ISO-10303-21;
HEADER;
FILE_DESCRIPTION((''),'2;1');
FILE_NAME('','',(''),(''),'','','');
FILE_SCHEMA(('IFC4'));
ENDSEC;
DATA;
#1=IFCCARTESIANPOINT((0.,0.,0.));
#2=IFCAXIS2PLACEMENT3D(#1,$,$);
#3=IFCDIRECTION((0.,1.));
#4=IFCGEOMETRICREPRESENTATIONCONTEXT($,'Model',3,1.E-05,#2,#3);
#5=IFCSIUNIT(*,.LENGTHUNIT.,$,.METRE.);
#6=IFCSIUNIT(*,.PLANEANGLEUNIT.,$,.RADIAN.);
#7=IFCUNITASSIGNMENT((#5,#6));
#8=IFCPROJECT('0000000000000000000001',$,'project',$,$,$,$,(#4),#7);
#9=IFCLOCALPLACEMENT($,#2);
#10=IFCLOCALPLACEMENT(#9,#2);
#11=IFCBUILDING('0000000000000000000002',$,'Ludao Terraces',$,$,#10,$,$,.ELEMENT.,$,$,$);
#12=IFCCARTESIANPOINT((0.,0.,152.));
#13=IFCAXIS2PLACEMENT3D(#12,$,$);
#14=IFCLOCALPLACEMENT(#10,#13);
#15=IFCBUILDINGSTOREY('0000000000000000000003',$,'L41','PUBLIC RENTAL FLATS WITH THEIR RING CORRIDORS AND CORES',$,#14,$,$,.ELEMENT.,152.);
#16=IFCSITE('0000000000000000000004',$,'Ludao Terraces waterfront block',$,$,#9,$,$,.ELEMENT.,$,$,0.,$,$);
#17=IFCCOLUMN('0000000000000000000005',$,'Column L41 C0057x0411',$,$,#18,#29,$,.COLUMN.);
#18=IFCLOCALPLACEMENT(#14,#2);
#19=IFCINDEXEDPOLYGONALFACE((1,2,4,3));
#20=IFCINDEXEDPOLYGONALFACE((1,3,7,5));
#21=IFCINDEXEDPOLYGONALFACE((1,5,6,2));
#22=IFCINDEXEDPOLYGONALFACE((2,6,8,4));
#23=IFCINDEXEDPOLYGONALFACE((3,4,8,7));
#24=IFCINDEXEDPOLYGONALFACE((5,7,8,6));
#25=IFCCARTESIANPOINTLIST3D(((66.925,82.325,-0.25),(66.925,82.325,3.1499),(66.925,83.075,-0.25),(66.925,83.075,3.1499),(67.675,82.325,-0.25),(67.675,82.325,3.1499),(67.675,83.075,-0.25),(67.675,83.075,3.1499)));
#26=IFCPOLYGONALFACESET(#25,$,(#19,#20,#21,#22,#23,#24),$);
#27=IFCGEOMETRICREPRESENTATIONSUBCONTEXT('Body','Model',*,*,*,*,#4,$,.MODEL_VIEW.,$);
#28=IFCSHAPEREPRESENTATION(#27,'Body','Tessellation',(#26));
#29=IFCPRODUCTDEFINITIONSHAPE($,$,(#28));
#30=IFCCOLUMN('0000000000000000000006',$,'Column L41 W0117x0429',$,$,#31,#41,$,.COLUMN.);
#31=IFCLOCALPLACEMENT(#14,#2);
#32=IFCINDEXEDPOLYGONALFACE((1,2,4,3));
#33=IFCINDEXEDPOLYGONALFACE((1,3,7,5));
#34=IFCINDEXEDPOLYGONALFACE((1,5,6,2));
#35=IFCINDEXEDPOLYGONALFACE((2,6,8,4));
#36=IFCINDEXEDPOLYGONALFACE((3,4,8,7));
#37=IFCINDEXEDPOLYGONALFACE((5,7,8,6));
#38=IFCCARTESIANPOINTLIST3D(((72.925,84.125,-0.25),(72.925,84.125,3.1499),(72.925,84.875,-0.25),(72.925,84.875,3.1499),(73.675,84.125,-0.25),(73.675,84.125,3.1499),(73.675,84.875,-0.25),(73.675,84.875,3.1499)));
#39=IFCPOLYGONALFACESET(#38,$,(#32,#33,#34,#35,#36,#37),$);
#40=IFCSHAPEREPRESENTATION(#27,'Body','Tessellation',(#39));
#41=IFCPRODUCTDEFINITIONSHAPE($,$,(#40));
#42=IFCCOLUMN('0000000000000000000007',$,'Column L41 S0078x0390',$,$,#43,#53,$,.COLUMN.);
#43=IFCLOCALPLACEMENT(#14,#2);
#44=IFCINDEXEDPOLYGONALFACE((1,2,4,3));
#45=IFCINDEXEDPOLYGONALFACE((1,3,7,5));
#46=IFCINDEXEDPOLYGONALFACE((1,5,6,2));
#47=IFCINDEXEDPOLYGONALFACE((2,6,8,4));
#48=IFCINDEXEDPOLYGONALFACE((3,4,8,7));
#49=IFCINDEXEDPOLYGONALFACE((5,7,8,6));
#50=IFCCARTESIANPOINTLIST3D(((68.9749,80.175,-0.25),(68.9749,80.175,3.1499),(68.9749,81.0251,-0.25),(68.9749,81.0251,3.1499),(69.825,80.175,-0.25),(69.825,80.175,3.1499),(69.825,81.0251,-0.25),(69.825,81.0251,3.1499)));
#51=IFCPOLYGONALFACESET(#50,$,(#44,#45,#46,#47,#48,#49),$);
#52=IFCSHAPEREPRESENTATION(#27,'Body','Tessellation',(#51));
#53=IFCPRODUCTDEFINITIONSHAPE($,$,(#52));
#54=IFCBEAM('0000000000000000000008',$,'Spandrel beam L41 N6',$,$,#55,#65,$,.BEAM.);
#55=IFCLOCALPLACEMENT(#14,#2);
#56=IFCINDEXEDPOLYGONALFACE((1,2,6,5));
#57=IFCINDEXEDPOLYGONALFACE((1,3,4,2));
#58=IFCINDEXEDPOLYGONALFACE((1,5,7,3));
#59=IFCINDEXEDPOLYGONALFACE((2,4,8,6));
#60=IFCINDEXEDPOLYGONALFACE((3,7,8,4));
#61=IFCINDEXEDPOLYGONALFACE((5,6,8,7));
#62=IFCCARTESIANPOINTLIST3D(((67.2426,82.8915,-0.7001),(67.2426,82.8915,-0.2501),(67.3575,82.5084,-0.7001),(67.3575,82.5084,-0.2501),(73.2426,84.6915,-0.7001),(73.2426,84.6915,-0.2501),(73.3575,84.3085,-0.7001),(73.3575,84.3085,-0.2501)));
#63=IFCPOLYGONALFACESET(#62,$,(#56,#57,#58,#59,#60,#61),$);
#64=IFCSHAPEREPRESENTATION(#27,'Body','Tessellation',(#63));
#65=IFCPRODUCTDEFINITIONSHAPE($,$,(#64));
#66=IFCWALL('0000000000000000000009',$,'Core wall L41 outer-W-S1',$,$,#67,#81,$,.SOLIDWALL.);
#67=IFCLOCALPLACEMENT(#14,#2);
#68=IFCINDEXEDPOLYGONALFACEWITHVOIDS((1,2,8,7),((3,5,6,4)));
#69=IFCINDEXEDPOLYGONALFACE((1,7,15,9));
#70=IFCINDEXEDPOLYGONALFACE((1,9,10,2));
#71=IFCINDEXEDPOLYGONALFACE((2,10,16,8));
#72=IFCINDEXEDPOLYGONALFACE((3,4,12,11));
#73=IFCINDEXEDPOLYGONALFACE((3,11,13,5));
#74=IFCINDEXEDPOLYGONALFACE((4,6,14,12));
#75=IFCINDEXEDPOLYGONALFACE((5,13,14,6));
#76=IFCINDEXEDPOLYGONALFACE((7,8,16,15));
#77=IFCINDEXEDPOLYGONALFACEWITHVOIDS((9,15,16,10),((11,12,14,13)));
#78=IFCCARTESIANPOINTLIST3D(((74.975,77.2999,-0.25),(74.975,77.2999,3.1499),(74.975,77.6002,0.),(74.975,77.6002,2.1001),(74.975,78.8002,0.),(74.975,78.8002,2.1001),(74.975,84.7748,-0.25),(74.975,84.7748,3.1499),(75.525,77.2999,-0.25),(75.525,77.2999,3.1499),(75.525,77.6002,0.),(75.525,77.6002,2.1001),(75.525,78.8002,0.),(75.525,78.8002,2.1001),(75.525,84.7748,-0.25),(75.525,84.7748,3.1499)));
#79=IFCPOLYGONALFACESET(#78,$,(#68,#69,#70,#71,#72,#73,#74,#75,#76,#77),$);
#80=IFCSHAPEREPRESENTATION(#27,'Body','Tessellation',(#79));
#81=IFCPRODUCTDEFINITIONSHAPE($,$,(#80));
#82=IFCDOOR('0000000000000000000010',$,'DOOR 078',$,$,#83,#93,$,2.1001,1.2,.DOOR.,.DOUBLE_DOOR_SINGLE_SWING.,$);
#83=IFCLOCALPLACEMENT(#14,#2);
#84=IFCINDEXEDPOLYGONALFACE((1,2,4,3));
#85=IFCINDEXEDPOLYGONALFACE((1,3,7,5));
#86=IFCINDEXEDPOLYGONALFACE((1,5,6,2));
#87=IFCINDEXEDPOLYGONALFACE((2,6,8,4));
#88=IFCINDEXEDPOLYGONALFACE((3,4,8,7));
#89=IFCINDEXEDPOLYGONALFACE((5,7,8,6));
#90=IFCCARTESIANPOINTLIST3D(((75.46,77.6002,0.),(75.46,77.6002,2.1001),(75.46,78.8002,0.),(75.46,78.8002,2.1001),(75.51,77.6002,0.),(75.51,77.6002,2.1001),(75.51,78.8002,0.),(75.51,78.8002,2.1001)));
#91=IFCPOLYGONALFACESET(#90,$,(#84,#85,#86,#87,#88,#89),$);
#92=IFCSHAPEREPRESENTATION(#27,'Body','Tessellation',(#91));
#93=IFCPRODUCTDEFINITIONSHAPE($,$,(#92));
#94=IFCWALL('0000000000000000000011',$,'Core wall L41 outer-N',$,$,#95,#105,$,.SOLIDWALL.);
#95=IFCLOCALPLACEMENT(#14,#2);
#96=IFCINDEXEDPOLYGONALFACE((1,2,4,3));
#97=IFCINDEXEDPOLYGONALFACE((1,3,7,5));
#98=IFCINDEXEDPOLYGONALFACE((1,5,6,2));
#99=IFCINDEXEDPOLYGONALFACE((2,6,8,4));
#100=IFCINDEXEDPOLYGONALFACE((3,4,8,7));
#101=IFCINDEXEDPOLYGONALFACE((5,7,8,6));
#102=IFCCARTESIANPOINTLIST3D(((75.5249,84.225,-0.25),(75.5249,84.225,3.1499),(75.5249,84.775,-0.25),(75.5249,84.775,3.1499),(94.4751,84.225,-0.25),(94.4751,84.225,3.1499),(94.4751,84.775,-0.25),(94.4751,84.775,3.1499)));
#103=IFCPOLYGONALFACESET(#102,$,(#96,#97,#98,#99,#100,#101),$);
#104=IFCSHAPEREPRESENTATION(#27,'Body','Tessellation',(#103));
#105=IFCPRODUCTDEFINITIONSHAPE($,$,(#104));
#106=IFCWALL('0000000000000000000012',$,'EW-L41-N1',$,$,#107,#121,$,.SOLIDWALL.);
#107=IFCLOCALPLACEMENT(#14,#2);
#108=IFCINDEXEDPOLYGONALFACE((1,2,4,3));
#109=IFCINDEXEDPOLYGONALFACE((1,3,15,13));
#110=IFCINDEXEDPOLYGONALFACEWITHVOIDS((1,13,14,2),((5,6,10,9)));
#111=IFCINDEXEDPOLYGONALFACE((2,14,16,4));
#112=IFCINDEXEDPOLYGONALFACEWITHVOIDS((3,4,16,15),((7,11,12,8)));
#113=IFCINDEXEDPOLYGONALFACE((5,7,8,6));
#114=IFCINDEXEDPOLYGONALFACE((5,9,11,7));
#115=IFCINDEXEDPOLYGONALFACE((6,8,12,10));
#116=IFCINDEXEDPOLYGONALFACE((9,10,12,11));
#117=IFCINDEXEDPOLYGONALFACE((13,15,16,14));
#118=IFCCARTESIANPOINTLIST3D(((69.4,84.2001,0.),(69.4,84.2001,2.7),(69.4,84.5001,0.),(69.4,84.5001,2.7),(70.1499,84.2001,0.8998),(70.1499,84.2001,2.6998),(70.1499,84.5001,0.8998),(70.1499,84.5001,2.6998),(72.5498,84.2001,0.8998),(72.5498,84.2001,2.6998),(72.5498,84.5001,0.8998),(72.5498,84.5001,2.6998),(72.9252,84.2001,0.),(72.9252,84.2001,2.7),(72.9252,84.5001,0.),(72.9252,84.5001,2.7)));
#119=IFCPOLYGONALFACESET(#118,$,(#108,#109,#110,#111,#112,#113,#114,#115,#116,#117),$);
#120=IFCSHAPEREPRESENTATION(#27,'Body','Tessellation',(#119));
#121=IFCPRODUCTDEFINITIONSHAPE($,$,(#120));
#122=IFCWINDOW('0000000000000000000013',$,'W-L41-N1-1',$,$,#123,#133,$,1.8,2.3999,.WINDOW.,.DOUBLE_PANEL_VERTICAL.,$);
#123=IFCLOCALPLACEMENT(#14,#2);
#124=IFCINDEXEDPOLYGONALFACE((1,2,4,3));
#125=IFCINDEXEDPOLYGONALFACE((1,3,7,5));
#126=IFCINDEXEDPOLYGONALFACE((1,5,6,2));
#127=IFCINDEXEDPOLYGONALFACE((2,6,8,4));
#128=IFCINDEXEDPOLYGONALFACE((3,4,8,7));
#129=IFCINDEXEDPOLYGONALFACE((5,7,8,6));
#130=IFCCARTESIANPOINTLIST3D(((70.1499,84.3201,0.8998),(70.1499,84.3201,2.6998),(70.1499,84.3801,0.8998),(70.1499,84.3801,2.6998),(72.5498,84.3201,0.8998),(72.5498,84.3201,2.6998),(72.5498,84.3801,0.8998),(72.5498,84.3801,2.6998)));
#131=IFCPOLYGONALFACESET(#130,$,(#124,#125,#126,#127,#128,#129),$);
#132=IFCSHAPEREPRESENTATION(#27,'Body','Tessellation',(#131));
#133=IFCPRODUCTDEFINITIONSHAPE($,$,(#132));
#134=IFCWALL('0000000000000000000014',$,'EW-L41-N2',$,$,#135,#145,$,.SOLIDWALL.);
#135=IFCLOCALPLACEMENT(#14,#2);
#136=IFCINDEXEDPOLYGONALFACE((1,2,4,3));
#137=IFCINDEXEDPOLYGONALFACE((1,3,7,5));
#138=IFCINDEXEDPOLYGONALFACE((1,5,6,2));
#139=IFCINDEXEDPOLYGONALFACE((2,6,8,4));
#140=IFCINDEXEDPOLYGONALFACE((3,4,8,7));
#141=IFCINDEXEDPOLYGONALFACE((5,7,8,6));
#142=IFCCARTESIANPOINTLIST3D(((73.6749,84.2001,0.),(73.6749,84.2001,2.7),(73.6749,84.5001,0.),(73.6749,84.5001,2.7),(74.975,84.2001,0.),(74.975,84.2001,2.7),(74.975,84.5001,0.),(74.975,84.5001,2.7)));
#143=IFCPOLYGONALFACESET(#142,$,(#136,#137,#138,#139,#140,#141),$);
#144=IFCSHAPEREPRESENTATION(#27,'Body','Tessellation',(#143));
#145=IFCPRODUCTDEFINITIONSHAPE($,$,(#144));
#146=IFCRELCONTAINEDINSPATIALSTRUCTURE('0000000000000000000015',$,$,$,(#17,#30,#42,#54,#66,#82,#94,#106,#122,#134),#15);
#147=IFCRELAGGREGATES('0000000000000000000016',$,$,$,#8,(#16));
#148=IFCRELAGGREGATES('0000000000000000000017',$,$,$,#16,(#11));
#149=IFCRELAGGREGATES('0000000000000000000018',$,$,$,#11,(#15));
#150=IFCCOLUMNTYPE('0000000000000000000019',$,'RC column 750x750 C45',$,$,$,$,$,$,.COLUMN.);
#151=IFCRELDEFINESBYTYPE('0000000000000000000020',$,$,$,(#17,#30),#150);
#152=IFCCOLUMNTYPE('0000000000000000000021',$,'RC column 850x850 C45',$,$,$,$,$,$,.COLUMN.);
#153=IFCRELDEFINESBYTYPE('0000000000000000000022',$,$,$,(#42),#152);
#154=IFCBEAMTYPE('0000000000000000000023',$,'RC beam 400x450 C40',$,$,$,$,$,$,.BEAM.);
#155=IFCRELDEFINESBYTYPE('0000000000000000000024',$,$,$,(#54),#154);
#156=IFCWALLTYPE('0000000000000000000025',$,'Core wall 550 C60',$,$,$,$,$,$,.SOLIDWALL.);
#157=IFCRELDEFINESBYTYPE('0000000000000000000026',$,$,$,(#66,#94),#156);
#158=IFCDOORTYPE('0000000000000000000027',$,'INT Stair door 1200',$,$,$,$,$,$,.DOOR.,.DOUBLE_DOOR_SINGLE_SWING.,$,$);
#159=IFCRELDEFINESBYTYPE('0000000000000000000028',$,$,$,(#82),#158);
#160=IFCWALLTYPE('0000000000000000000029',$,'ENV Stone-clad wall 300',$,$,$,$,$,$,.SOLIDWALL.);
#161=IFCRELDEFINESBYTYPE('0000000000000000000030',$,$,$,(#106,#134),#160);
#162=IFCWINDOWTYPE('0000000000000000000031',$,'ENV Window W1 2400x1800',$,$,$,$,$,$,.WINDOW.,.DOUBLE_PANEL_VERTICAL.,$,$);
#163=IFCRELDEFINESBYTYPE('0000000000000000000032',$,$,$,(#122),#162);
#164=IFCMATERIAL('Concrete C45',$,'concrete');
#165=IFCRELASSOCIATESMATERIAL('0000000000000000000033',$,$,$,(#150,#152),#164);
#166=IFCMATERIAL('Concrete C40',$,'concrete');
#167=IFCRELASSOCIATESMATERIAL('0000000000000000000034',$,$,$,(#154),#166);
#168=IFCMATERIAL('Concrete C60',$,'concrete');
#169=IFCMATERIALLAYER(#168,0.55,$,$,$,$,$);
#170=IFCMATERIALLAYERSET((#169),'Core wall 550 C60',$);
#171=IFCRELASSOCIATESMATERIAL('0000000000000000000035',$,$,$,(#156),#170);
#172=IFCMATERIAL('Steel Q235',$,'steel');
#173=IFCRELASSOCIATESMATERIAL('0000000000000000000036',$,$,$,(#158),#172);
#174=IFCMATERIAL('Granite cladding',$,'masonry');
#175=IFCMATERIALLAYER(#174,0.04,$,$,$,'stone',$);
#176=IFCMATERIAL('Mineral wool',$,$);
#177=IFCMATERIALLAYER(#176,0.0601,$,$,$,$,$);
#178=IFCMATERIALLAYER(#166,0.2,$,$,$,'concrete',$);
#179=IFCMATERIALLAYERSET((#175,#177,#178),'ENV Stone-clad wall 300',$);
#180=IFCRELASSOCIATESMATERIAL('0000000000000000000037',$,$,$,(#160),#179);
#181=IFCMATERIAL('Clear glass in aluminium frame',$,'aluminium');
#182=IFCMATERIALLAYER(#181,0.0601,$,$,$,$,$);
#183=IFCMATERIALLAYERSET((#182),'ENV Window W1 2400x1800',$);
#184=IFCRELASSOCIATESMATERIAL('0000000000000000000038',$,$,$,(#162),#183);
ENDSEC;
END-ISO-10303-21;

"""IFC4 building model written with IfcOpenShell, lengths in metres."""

from ifc_helpers import new_model, si_unit, direction, frame, frame_2d, origin, origin_2d, place, context, subcontext, project, spatial, rectangle, extrude, material, layer, layer_set, material_profile, profile_set, type_object, element, fill, save


model = new_model("IFC4")

# Units and contexts
model_context = context("Model", 3, precision=1e-05, world=origin(), true_north=direction((0.0, 1.0)))
body_context = subcontext(model_context, "Body", "Model", "MODEL_VIEW")
ifc_project = project(units=[si_unit("LENGTHUNIT", "METRE"), si_unit("PLANEANGLEUNIT", "RADIAN")], contexts=[model_context])

# Site, building, storey
site_placement = place(None, origin())
site = spatial("IfcSite", under=ifc_project, at=site_placement, Name="Ludao Terraces waterfront block", CompositionType="ELEMENT", RefElevation=0.0)
building_placement = place(site_placement, origin())
building = spatial("IfcBuilding", under=site, at=building_placement, Name="Ludao Terraces", CompositionType="ELEMENT")
storey_placement = place(building_placement, frame((0.0, 0.0, 152.0)))
storey = spatial("IfcBuildingStorey", under=building, at=storey_placement, Name="L41", Description="PUBLIC RENTAL FLATS WITH THEIR RING CORRIDORS AND CORES", CompositionType="ELEMENT", Elevation=152.0)

# Columns
ifc_material_1 = material(Name="Concrete C45", Category="concrete")
ifc_material_profile_1 = material_profile(ifc_material_1, rectangle(XDim=0.75, YDim=0.75, at=origin_2d()), Name="750 X 750")
ifc_profile_set_1 = profile_set([ifc_material_profile_1], Name="Concrete C45")
column_type_1 = type_object("IfcColumnType", Name="RC column 750x750 C45", PredefinedType="COLUMN", material=ifc_profile_set_1)
for number, where, z_axis, x_axis, name in (
    (1, (67.3, 82.7, -0.25), (0.0, 0.0, 1.0), (1.0, 0.0, 0.0), "Column L41 C0057x0411"),
    (2, (73.3, 84.5, -0.25), (0.0, 0.0, 1.0), (1.0, 0.0, 0.0), "Column L41 W0117x0429"),
):
    element("IfcColumn", number, at=place(storey_placement, frame(where, z_axis=z_axis, x_axis=x_axis)), inside=storey, type_object=column_type_1, Name=name, PredefinedType="COLUMN", context=body_context, shape_type="SweptSolid", body=[
        extrude(rectangle(XDim=0.75, YDim=0.75, at=origin_2d()), origin(), (0.0, 0.0, 1.0), 3.3999),
    ])
ifc_material_profile_2 = material_profile(ifc_material_1, rectangle(XDim=0.8501, YDim=0.8501, at=origin_2d()), Name="850 X 850")
ifc_profile_set_2 = profile_set([ifc_material_profile_2], Name="Concrete C45")
column_type_2 = type_object("IfcColumnType", Name="RC column 850x850 C45", PredefinedType="COLUMN", material=ifc_profile_set_2)
column_placement = place(storey_placement, frame((69.3999, 80.6001, -0.25), z_axis=(0.0, 0.0, 1.0), x_axis=(1.0, 0.0, 0.0)))
element("IfcColumn", 3, at=column_placement, inside=storey, type_object=column_type_2, Name="Column L41 S0078x0390", PredefinedType="COLUMN", context=body_context, shape_type="SweptSolid", body=[
    extrude(rectangle(XDim=0.8501, YDim=0.8501, at=origin_2d()), origin(), (0.0, 0.0, 1.0), 3.3999),
])

# Beam
ifc_material_2 = material(Name="Concrete C40", Category="concrete")
ifc_material_profile_3 = material_profile(ifc_material_2, rectangle(XDim=0.3999, YDim=0.45, at=origin_2d()), Name="400 X 450")
ifc_profile_set_3 = profile_set([ifc_material_profile_3], Name="Concrete C40")
beam_type = type_object("IfcBeamType", Name="RC beam 400x450 C40", PredefinedType="BEAM", material=ifc_profile_set_3)
beam_placement = place(storey_placement, frame((67.3, 82.7, -0.4751), z_axis=(0.957824, 0.287355, 0.0), x_axis=(-0.287355, 0.957824, 0.0)))
element("IfcBeam", 4, at=beam_placement, inside=storey, type_object=beam_type, Name="Spandrel beam L41 N6", PredefinedType="BEAM", context=body_context, shape_type="SweptSolid", body=[
    extrude(rectangle(XDim=0.3999, YDim=0.45, at=origin_2d()), origin(), (0.0, 0.0, 1.0), 6.2642),
])

# Wall, opening, door
ifc_material_3 = material(Name="Concrete C60", Category="concrete")
ifc_layer_1 = layer(ifc_material_3, 0.55)
ifc_layer_set_1 = layer_set([ifc_layer_1], Name="Core wall 550 C60")
wall_type_1 = type_object("IfcWallType", Name="Core wall 550 C60", PredefinedType="SOLIDWALL", material=ifc_layer_set_1)
wall_1_placement = place(storey_placement, frame((75.25, 77.3, -0.25), z_axis=(0.0, 0.0, 1.0), x_axis=(0.0, 1.0, 0.0)))
wall_1 = element("IfcWall", 5, at=wall_1_placement, inside=storey, type_object=wall_type_1, Name="Core wall L41 outer-W-S1", PredefinedType="SOLIDWALL", context=body_context, shape_type="SweptSolid", body=[
    extrude(rectangle(XDim=7.4749, YDim=0.55, at=frame_2d((3.7373, 0.0))), origin(), (0.0, 0.0, 1.0), 3.3999),
])
opening_1_placement = place(wall_1_placement, frame((0.3, 0.0, 0.25)))
opening_1 = element("IfcOpeningElement", 6, at=opening_1_placement, cuts=wall_1, PredefinedType="OPENING", context=body_context, shape_type="SweptSolid", body=[
    extrude(rectangle(XDim=1.2, YDim=2.1001, at=frame_2d((0.6001, 1.05))), frame((0.0, 0.2852, 0.0), z_axis=(0.0, -1.0, 0.0), x_axis=(1.0, 0.0, 0.0)), (0.0, 0.0, 1.0), 0.5701),
])
ifc_material_4 = material(Name="Steel Q235", Category="steel")
door_type_1 = type_object("IfcDoorType", Name="INT Stair door 1200", OperationType="DOUBLE_DOOR_SINGLE_SWING", PredefinedType="DOOR", material=ifc_material_4)
door_1_placement = place(opening_1_placement, origin())
door_1 = element("IfcDoor", 7, at=door_1_placement, inside=storey, type_object=door_type_1, Name="DOOR 078", OperationType="DOUBLE_DOOR_SINGLE_SWING", OverallHeight=2.1001, OverallWidth=1.2, PredefinedType="DOOR", context=body_context, shape_type="SweptSolid", body=[
    extrude(rectangle(XDim=1.2, YDim=2.1001, at=frame_2d((0.6001, 1.05))), frame((0.0, -0.21, 0.0), z_axis=(0.0, -1.0, 0.0), x_axis=(1.0, 0.0, 0.0)), (0.0, 0.0, 1.0), 0.05),
])
fill(opening_1, door_1)

# Wall
wall_2_placement = place(storey_placement, frame((75.5249, 84.5, -0.25), z_axis=(0.0, 0.0, 1.0), x_axis=(1.0, 0.0, 0.0)))
element("IfcWall", 8, at=wall_2_placement, inside=storey, type_object=wall_type_1, Name="Core wall L41 outer-N", PredefinedType="SOLIDWALL", context=body_context, shape_type="SweptSolid", body=[
    extrude(rectangle(XDim=18.9502, YDim=0.55, at=frame_2d((9.4751, 0.0))), origin(), (0.0, 0.0, 1.0), 3.3999),
])

# Wall, opening, window
ifc_material_5 = material(Name="Granite cladding", Category="masonry")
ifc_layer_2 = layer(ifc_material_5, 0.04, Category="stone")
ifc_material_6 = material(Name="Mineral wool")
ifc_layer_3 = layer(ifc_material_6, 0.0601)
ifc_layer_4 = layer(ifc_material_2, 0.2, Category="concrete")
ifc_layer_set_2 = layer_set([ifc_layer_2, ifc_layer_3, ifc_layer_4], Name="ENV Stone-clad wall 300")
wall_type_2 = type_object("IfcWallType", Name="ENV Stone-clad wall 300", PredefinedType="SOLIDWALL", material=ifc_layer_set_2)
wall_3_placement = place(storey_placement, frame((69.3999, 84.3501, 0.0), z_axis=(0.0, 0.0, 1.0), x_axis=(1.0, 0.0, 0.0)))
wall_3 = element("IfcWall", 9, at=wall_3_placement, inside=storey, type_object=wall_type_2, Name="EW-L41-N1", PredefinedType="SOLIDWALL", context=body_context, shape_type="SweptSolid", body=[
    extrude(rectangle(XDim=3.5251, YDim=0.3, at=frame_2d((1.7627, 0.0))), origin(), (0.0, 0.0, 1.0), 2.7),
])
opening_2_placement = place(wall_3_placement, frame((0.75, 0.0, 0.8999)))
opening_2 = element("IfcOpeningElement", 10, at=opening_2_placement, cuts=wall_3, PredefinedType="OPENING", context=body_context, shape_type="SweptSolid", body=[
    extrude(rectangle(XDim=2.3999, YDim=1.8, at=frame_2d((1.2, 0.8999))), frame((0.0, 0.1602, 0.0), z_axis=(0.0, -1.0, 0.0), x_axis=(1.0, 0.0, 0.0)), (0.0, 0.0, 1.0), 0.3201),
])
ifc_material_7 = material(Name="Clear glass in aluminium frame", Category="aluminium")
ifc_layer_5 = layer(ifc_material_7, 0.0601)
ifc_layer_set_3 = layer_set([ifc_layer_5], Name="ENV Window W1 2400x1800")
window_type_1 = type_object("IfcWindowType", Name="ENV Window W1 2400x1800", PartitioningType="DOUBLE_PANEL_VERTICAL", PredefinedType="WINDOW", material=ifc_layer_set_3)
window_1_placement = place(opening_2_placement, origin())
window_1 = element("IfcWindow", 11, at=window_1_placement, inside=storey, type_object=window_type_1, Name="W-L41-N1-1", OverallHeight=1.8, OverallWidth=2.3999, PartitioningType="DOUBLE_PANEL_VERTICAL", PredefinedType="WINDOW", context=body_context, shape_type="SweptSolid", body=[
    extrude(rectangle(XDim=2.3999, YDim=1.8, at=frame_2d((1.2, 0.8999))), frame((0.0, 0.03, 0.0), z_axis=(0.0, -1.0, 0.0), x_axis=(1.0, 0.0, 0.0)), (0.0, 0.0, 1.0), 0.0601),
])
fill(opening_2, window_1)

# Wall
wall_4_placement = place(storey_placement, frame((73.675, 84.3501, 0.0), z_axis=(0.0, 0.0, 1.0), x_axis=(1.0, 0.0, 0.0)))
element("IfcWall", 12, at=wall_4_placement, inside=storey, type_object=wall_type_2, Name="EW-L41-N2", PredefinedType="SOLIDWALL", context=body_context, shape_type="SweptSolid", body=[
    extrude(rectangle(XDim=1.3, YDim=0.3, at=frame_2d((0.6499, 0.0))), origin(), (0.0, 0.0, 1.0), 2.7),
])

save(model, "model.ifc")
